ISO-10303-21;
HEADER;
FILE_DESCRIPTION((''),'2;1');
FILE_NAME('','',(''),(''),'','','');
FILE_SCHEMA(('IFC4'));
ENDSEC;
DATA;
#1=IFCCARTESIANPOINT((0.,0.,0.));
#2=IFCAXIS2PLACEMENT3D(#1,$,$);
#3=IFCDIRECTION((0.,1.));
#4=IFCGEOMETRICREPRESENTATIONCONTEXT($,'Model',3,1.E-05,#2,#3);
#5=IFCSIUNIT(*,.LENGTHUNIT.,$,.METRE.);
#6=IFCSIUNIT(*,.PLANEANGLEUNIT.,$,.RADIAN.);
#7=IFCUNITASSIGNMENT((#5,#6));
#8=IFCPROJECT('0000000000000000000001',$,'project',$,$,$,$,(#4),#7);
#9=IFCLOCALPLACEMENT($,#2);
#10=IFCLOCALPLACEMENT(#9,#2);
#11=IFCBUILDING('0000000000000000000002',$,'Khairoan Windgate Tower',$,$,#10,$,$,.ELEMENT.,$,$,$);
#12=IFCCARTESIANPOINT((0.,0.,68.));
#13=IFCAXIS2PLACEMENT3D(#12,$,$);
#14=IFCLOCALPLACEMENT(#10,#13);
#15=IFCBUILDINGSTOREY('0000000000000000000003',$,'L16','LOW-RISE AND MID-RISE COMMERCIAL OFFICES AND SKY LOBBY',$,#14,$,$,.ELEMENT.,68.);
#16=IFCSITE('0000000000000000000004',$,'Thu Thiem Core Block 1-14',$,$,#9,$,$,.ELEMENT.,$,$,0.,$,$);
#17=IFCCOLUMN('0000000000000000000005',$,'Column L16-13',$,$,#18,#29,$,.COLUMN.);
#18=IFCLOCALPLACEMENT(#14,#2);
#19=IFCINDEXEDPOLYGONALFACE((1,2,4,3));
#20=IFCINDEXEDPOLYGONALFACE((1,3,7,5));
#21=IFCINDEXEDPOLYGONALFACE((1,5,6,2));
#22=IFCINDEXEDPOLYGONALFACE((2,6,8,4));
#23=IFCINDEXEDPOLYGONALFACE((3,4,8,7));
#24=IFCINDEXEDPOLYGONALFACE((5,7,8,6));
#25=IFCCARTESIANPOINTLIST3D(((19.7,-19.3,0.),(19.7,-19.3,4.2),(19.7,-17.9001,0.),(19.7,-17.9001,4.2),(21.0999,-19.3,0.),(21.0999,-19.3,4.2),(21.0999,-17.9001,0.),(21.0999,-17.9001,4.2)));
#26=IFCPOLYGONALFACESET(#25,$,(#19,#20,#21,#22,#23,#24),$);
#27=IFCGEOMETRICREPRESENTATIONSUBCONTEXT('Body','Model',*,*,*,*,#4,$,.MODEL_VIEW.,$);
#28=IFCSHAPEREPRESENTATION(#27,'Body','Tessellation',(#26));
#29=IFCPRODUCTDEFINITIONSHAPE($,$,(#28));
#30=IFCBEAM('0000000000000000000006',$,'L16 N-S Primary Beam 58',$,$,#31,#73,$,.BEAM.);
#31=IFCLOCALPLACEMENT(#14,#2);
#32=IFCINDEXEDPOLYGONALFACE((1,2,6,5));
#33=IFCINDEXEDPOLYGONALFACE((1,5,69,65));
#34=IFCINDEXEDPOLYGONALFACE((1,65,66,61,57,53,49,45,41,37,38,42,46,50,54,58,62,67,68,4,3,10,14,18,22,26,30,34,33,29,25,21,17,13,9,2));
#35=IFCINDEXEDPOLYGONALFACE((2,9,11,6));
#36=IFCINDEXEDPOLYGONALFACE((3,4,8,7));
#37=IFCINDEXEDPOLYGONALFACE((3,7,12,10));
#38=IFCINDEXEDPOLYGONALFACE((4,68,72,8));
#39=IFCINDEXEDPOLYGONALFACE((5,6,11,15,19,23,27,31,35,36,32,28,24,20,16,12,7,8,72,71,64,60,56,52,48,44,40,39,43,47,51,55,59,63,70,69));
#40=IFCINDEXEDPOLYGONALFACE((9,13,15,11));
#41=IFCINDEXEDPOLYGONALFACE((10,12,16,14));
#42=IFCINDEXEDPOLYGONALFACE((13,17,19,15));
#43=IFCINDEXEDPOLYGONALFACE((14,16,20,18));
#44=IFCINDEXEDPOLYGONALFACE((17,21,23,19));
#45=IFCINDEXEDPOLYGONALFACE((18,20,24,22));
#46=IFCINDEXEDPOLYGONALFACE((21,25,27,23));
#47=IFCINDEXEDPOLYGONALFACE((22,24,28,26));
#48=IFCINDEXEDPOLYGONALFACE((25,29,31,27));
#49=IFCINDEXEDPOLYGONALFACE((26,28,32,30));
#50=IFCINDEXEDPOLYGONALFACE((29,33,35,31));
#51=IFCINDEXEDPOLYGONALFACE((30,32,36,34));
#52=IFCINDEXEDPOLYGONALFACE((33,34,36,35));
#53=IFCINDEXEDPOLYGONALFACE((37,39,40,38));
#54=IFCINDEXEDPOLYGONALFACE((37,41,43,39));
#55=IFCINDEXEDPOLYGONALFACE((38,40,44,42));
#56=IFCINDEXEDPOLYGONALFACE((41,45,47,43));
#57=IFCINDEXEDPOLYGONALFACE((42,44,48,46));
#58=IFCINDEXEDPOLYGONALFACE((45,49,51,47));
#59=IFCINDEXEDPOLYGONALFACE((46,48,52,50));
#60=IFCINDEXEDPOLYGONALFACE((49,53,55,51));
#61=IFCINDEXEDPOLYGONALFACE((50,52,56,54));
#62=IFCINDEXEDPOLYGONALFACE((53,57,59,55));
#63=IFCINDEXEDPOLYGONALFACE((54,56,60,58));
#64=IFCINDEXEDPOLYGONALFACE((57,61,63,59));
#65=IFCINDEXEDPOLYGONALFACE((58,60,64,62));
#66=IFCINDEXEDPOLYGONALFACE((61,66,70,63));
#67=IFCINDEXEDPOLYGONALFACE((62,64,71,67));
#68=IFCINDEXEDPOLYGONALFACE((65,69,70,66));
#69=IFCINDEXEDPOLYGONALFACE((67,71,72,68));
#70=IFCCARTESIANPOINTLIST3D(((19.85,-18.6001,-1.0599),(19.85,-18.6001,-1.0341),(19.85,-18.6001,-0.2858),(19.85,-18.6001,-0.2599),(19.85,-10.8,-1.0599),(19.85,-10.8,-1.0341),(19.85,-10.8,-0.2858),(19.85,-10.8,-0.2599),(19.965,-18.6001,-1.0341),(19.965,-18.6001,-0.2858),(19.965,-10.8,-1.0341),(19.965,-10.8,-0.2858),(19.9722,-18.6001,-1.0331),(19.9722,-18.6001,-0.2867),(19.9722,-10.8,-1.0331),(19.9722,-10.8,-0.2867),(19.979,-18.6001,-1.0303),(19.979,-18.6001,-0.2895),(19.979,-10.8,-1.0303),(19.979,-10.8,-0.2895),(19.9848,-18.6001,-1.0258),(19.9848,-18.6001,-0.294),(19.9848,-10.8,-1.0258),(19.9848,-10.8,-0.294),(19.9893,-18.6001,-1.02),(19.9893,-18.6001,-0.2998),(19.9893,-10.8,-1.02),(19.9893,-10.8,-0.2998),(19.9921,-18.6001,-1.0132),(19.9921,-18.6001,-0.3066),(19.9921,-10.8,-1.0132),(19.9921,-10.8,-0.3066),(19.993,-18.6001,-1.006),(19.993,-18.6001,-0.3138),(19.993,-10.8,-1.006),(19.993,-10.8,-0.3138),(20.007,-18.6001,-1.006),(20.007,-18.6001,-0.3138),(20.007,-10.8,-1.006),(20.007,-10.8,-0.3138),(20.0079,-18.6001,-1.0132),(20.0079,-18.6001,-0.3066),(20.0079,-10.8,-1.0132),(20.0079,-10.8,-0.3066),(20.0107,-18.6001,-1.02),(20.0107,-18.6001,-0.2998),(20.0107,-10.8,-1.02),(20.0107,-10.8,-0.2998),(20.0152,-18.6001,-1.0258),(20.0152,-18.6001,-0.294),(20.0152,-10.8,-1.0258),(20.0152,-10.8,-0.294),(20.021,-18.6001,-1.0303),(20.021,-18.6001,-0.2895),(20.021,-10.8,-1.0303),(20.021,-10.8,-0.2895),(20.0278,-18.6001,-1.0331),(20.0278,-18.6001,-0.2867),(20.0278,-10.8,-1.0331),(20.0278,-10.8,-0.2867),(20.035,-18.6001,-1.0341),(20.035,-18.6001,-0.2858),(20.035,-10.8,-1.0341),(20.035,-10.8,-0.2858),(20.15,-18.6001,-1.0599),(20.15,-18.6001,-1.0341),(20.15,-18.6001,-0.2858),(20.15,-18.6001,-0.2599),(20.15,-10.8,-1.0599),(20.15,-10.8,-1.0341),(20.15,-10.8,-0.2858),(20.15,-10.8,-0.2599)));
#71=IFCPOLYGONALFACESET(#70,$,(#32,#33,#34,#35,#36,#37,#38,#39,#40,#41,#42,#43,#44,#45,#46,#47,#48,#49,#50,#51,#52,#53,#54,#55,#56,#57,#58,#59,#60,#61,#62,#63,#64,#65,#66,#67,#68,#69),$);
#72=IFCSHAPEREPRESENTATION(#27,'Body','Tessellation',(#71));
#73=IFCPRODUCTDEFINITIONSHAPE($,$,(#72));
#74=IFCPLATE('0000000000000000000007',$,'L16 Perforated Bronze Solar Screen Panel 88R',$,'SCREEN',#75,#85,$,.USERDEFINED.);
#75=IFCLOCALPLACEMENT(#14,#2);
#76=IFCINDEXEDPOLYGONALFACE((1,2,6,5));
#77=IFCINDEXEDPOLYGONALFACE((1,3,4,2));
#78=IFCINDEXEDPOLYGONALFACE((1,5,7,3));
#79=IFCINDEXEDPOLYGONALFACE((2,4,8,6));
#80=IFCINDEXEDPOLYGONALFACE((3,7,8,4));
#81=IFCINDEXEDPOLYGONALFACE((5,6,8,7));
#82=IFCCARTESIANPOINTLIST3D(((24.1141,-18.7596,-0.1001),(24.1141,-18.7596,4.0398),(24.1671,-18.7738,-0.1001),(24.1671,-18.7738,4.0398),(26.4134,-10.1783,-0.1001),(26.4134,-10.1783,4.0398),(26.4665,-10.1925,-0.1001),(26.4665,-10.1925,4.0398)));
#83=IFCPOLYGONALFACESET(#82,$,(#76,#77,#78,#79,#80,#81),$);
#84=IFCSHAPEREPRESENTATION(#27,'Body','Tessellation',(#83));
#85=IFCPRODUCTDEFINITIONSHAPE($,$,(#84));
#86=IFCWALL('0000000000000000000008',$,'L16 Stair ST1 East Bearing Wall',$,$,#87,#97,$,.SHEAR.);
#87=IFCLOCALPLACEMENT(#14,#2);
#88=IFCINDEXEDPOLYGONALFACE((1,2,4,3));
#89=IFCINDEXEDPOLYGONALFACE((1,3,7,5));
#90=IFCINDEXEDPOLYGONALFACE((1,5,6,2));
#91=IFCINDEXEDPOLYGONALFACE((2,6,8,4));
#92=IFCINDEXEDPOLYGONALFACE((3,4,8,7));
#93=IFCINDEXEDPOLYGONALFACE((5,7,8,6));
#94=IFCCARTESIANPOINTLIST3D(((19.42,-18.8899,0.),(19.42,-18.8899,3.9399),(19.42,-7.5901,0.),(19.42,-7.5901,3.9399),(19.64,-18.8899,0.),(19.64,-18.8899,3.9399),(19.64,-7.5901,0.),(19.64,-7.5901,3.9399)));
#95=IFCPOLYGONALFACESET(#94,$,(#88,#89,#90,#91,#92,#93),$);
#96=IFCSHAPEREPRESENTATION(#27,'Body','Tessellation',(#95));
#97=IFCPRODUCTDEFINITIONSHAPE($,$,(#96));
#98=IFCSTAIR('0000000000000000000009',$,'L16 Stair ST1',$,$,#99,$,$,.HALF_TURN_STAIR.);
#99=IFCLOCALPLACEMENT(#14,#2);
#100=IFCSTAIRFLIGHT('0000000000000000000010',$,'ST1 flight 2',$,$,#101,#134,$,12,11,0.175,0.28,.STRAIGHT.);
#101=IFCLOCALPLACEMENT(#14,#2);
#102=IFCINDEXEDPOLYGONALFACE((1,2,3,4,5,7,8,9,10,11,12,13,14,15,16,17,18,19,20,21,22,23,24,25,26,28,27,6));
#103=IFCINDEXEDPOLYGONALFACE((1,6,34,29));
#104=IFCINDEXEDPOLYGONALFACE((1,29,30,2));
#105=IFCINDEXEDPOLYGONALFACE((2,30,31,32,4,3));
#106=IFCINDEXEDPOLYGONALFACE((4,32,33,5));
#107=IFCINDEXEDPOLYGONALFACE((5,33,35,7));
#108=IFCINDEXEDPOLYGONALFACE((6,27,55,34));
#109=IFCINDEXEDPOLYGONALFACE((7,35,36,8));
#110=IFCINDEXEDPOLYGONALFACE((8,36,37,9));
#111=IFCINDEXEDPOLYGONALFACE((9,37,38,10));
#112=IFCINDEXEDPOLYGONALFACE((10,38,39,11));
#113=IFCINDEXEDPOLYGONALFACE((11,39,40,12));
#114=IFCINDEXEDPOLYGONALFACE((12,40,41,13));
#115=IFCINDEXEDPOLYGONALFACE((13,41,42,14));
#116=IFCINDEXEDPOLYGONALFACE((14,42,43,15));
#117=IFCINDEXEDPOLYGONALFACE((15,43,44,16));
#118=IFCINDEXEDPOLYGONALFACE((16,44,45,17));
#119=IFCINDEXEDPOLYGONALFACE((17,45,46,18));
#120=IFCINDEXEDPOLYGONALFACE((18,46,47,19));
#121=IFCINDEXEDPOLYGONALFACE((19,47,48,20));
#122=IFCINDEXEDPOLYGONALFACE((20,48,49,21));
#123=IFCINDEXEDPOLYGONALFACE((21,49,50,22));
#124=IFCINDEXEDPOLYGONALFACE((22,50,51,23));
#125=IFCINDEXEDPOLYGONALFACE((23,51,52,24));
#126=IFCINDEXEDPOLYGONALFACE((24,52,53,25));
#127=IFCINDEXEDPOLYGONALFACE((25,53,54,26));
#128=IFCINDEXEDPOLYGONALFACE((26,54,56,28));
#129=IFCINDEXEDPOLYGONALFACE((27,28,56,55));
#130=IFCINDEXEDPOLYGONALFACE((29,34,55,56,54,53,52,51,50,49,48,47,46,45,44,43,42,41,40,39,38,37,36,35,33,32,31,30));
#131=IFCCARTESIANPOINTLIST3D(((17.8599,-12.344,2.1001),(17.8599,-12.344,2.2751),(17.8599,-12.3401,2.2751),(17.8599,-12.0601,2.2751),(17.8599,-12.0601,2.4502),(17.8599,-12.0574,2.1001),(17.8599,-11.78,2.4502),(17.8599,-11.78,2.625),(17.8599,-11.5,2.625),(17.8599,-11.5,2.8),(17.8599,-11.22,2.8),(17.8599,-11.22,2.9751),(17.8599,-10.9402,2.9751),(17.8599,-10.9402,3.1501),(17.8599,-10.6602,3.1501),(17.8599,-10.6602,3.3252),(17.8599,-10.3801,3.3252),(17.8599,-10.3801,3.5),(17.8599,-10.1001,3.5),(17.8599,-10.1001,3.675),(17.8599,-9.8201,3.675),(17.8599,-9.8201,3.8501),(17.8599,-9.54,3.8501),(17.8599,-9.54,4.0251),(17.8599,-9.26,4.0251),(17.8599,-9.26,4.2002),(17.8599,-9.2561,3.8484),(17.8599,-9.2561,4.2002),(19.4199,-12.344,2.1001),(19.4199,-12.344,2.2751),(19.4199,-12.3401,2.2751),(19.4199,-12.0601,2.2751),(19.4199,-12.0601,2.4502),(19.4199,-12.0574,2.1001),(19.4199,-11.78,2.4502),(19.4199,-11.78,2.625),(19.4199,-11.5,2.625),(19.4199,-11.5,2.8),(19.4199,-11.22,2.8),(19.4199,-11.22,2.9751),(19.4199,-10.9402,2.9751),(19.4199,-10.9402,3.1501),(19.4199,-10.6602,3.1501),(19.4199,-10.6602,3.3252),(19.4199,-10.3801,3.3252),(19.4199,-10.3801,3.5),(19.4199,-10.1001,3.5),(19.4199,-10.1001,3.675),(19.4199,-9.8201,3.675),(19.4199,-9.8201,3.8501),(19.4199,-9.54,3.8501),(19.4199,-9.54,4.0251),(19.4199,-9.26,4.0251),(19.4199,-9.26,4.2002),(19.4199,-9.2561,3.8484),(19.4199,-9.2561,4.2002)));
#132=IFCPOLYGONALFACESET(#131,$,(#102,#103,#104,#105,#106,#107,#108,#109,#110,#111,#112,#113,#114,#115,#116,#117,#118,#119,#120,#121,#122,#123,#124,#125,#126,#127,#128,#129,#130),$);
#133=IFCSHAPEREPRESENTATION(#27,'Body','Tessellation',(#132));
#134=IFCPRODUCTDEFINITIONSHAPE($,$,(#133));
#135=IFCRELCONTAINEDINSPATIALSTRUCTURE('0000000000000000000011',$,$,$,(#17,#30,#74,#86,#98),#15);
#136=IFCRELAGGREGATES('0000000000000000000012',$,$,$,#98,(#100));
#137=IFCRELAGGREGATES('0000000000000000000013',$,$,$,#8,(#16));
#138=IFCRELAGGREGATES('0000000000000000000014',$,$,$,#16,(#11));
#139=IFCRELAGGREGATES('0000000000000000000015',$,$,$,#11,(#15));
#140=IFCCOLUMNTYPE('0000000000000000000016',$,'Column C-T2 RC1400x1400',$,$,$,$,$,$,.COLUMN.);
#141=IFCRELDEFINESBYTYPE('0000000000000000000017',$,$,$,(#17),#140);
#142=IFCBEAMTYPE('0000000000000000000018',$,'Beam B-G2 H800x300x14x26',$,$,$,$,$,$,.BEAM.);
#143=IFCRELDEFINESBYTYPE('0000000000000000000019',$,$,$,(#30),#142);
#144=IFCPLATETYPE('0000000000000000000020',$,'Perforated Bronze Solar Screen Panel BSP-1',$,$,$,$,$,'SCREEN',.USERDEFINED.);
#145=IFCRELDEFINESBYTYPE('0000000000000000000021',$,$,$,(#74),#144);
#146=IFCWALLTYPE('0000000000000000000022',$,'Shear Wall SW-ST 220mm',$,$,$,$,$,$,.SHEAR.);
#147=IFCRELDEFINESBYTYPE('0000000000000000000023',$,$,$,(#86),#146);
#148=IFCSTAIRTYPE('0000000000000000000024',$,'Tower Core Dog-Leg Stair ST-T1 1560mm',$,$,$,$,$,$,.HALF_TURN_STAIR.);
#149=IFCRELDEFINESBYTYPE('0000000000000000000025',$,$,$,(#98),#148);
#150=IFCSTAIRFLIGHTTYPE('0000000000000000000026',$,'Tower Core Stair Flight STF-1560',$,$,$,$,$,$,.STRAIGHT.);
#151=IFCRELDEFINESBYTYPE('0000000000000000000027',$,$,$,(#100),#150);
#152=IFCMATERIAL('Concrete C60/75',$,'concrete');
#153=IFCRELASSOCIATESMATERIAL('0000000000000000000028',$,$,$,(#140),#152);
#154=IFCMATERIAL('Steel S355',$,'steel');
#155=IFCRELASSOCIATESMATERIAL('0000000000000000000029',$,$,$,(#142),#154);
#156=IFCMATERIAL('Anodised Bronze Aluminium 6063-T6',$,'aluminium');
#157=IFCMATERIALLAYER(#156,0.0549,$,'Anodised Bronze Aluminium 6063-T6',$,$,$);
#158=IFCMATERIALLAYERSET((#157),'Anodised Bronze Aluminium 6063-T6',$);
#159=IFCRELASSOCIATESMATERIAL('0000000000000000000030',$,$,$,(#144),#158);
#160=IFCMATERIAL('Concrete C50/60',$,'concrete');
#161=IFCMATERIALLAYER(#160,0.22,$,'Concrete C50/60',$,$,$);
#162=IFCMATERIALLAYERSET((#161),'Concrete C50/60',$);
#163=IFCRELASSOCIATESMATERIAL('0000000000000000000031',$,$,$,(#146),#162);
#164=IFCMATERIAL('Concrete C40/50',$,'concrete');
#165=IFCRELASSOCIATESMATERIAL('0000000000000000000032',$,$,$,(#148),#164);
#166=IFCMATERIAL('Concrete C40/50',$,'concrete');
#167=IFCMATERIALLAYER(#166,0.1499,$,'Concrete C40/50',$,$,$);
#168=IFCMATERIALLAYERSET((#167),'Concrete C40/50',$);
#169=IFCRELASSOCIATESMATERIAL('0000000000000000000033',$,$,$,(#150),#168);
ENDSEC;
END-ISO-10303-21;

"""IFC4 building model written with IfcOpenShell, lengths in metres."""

from ifc_helpers import new_model, si_unit, direction, frame, frame_2d, origin, origin_2d, place, context, subcontext, project, spatial, polyline, rectangle, i_section, outline, extrude, material, layer, layer_set, material_profile, profile_set, type_object, element, aggregate, save


model = new_model("IFC4")

# Units and contexts
model_context = context("Model", 3, precision=1e-05, world=origin(), true_north=direction((0.0, 1.0)))
body_context = subcontext(model_context, "Body", "Model", "MODEL_VIEW")
ifc_project = project(units=[si_unit("LENGTHUNIT", "METRE"), si_unit("PLANEANGLEUNIT", "RADIAN")], contexts=[model_context])

# Site, building, storey
site_placement = place(None, origin())
site = spatial("IfcSite", under=ifc_project, at=site_placement, Name="Thu Thiem Core Block 1-14", CompositionType="ELEMENT", RefElevation=0.0)
building_placement = place(site_placement, origin())
building = spatial("IfcBuilding", under=site, at=building_placement, Name="Khairoan Windgate Tower", CompositionType="ELEMENT")
storey_placement = place(building_placement, frame((0.0, 0.0, 68.0)))
storey = spatial("IfcBuildingStorey", under=building, at=storey_placement, Name="L16", Description="LOW-RISE AND MID-RISE COMMERCIAL OFFICES AND SKY LOBBY", CompositionType="ELEMENT", Elevation=68.0)

# Column
ifc_material_1 = material(Name="Concrete C60/75", Category="concrete")
ifc_material_profile_1 = material_profile(ifc_material_1, rectangle(XDim=1.3999, YDim=1.3999, at=origin_2d()))
ifc_profile_set_1 = profile_set([ifc_material_profile_1], Name="Concrete C60/75")
column_type = type_object("IfcColumnType", Name="Column C-T2 RC1400x1400", PredefinedType="COLUMN", material=ifc_profile_set_1)
column_placement = place(storey_placement, frame((20.3999, -18.6001, 0.0), z_axis=(0.0, 0.0, 1.0), x_axis=(1.0, 0.0, 0.0)))
element("IfcColumn", 1, at=column_placement, inside=storey, type_object=column_type, Name="Column L16-13", PredefinedType="COLUMN", context=body_context, shape_type="SweptSolid", body=[
    extrude(rectangle(XDim=1.3999, YDim=1.3999, at=origin_2d()), origin(), (0.0, 0.0, 1.0), 4.2),
])

# Beam
ifc_material_2 = material(Name="Steel S355", Category="steel")
ifc_material_profile_2 = material_profile(ifc_material_2, i_section(OverallWidth=0.3, OverallDepth=0.8, WebThickness=0.0139, FlangeThickness=0.0259, FilletRadius=0.0281, at=origin_2d()))
ifc_profile_set_2 = profile_set([ifc_material_profile_2], Name="Steel S355")
beam_type = type_object("IfcBeamType", Name="Beam B-G2 H800x300x14x26", PredefinedType="BEAM", material=ifc_profile_set_2)
beam_placement = place(storey_placement, frame((20.0, -18.6001, -0.6599), z_axis=(0.0, 1.0, 0.0), x_axis=(-1.0, 0.0, 0.0)))
element("IfcBeam", 2, at=beam_placement, inside=storey, type_object=beam_type, Name="L16 N-S Primary Beam 58", PredefinedType="BEAM", context=body_context, shape_type="SweptSolid", body=[
    extrude(i_section(OverallWidth=0.3, OverallDepth=0.8, WebThickness=0.0139, FlangeThickness=0.0259, FilletRadius=0.0281, at=origin_2d()), origin(), (0.0, 0.0, 1.0), 7.8),
])

# Plate
ifc_material_3 = material(Name="Anodised Bronze Aluminium 6063-T6", Category="aluminium")
ifc_layer_1 = layer(ifc_material_3, 0.0549, Name="Anodised Bronze Aluminium 6063-T6")
ifc_layer_set_1 = layer_set([ifc_layer_1], Name="Anodised Bronze Aluminium 6063-T6")
plate_type = type_object("IfcPlateType", Name="Perforated Bronze Solar Screen Panel BSP-1", ElementType="SCREEN", PredefinedType="USERDEFINED", material=ifc_layer_set_1)
plate_placement = place(storey_placement, frame((25.2903, -14.4761, -0.1001), z_axis=(0.0, 0.0, 1.0), x_axis=(-0.258819, -0.965926, 0.0)))
element("IfcPlate", 3, at=plate_placement, inside=storey, type_object=plate_type, Name="L16 Perforated Bronze Solar Screen Panel 88R", ObjectType="SCREEN", PredefinedType="USERDEFINED", context=body_context, shape_type="SweptSolid", body=[
    extrude(rectangle(XDim=8.884, YDim=0.0549, at=origin_2d()), origin(), (0.0, 0.0, 1.0), 4.1399),
])

# Wall
ifc_material_4 = material(Name="Concrete C50/60", Category="concrete")
ifc_layer_2 = layer(ifc_material_4, 0.22, Name="Concrete C50/60")
ifc_layer_set_2 = layer_set([ifc_layer_2], Name="Concrete C50/60")
wall_type = type_object("IfcWallType", Name="Shear Wall SW-ST 220mm", PredefinedType="SHEAR", material=ifc_layer_set_2)
wall_placement = place(storey_placement, frame((19.53, -18.8899, 0.0), z_axis=(0.0, 0.0, 1.0), x_axis=(0.0, 1.0, 0.0)))
element("IfcWall", 4, at=wall_placement, inside=storey, type_object=wall_type, Name="L16 Stair ST1 East Bearing Wall", PredefinedType="SHEAR", context=body_context, shape_type="SweptSolid", body=[
    extrude(rectangle(XDim=11.2998, YDim=0.22, at=frame_2d((5.6499, 0.0))), origin(), (0.0, 0.0, 1.0), 3.9399),
])

# Stair, stair flight
ifc_material_5 = material(Name="Concrete C40/50", Category="concrete")
stair_type = type_object("IfcStairType", Name="Tower Core Dog-Leg Stair ST-T1 1560mm", PredefinedType="HALF_TURN_STAIR", material=ifc_material_5)
stair_placement = place(storey_placement, origin())
stair = element("IfcStair", 5, at=stair_placement, inside=storey, type_object=stair_type, Name="L16 Stair ST1", PredefinedType="HALF_TURN_STAIR")
ifc_material_6 = material(Name="Concrete C40/50", Category="concrete")
ifc_layer_3 = layer(ifc_material_6, 0.1499, Name="Concrete C40/50")
ifc_layer_set_3 = layer_set([ifc_layer_3], Name="Concrete C40/50")
stair_flight_type = type_object("IfcStairFlightType", Name="Tower Core Stair Flight STF-1560", PredefinedType="STRAIGHT", material=ifc_layer_set_3)
stair_flight_placement = place(storey_placement, frame((18.6399, -12.3401, 2.1001), z_axis=(0.0, 0.0, 1.0), x_axis=(0.0, 1.0, 0.0)))
stair_flight = element("IfcStairFlight", 6, at=stair_flight_placement, type_object=stair_flight_type, Name="ST1 flight 2", NumberOfRisers=12, NumberOfTreads=11, PredefinedType="STRAIGHT", RiserHeight=0.175, TreadLength=0.28, context=body_context, shape_type="SweptSolid", body=[
    extrude(outline(polyline([(-0.0039, 0.0), (-0.0039, 0.175), (0.0, 0.175), (0.28, 0.175), (0.28, 0.3501), (0.5601, 0.3501), (0.5601, 0.5249), (0.8401, 0.5249), (0.8401, 0.7), (1.1201, 0.7), (1.1201, 0.875), (1.3999, 0.875), (1.3999, 1.05), (1.6799, 1.05), (1.6799, 1.2251), (1.96, 1.2251), (1.96, 1.3999), (2.24, 1.3999), (2.24, 1.575), (2.52, 1.575), (2.52, 1.75), (2.8, 1.75), (2.8, 1.925), (3.0801, 1.925), (3.0801, 2.1001), (3.084, 2.1001), (3.084, 1.7483), (0.2827, 0.0), (-0.0039, 0.0)])), frame((0.0, 0.78, 0.0), z_axis=(0.0, -1.0, 0.0), x_axis=(1.0, 0.0, 0.0)), (0.0, 0.0, 1.0), 1.5601),
])
aggregate(stair, [stair_flight])

save(model, "model.ifc")
